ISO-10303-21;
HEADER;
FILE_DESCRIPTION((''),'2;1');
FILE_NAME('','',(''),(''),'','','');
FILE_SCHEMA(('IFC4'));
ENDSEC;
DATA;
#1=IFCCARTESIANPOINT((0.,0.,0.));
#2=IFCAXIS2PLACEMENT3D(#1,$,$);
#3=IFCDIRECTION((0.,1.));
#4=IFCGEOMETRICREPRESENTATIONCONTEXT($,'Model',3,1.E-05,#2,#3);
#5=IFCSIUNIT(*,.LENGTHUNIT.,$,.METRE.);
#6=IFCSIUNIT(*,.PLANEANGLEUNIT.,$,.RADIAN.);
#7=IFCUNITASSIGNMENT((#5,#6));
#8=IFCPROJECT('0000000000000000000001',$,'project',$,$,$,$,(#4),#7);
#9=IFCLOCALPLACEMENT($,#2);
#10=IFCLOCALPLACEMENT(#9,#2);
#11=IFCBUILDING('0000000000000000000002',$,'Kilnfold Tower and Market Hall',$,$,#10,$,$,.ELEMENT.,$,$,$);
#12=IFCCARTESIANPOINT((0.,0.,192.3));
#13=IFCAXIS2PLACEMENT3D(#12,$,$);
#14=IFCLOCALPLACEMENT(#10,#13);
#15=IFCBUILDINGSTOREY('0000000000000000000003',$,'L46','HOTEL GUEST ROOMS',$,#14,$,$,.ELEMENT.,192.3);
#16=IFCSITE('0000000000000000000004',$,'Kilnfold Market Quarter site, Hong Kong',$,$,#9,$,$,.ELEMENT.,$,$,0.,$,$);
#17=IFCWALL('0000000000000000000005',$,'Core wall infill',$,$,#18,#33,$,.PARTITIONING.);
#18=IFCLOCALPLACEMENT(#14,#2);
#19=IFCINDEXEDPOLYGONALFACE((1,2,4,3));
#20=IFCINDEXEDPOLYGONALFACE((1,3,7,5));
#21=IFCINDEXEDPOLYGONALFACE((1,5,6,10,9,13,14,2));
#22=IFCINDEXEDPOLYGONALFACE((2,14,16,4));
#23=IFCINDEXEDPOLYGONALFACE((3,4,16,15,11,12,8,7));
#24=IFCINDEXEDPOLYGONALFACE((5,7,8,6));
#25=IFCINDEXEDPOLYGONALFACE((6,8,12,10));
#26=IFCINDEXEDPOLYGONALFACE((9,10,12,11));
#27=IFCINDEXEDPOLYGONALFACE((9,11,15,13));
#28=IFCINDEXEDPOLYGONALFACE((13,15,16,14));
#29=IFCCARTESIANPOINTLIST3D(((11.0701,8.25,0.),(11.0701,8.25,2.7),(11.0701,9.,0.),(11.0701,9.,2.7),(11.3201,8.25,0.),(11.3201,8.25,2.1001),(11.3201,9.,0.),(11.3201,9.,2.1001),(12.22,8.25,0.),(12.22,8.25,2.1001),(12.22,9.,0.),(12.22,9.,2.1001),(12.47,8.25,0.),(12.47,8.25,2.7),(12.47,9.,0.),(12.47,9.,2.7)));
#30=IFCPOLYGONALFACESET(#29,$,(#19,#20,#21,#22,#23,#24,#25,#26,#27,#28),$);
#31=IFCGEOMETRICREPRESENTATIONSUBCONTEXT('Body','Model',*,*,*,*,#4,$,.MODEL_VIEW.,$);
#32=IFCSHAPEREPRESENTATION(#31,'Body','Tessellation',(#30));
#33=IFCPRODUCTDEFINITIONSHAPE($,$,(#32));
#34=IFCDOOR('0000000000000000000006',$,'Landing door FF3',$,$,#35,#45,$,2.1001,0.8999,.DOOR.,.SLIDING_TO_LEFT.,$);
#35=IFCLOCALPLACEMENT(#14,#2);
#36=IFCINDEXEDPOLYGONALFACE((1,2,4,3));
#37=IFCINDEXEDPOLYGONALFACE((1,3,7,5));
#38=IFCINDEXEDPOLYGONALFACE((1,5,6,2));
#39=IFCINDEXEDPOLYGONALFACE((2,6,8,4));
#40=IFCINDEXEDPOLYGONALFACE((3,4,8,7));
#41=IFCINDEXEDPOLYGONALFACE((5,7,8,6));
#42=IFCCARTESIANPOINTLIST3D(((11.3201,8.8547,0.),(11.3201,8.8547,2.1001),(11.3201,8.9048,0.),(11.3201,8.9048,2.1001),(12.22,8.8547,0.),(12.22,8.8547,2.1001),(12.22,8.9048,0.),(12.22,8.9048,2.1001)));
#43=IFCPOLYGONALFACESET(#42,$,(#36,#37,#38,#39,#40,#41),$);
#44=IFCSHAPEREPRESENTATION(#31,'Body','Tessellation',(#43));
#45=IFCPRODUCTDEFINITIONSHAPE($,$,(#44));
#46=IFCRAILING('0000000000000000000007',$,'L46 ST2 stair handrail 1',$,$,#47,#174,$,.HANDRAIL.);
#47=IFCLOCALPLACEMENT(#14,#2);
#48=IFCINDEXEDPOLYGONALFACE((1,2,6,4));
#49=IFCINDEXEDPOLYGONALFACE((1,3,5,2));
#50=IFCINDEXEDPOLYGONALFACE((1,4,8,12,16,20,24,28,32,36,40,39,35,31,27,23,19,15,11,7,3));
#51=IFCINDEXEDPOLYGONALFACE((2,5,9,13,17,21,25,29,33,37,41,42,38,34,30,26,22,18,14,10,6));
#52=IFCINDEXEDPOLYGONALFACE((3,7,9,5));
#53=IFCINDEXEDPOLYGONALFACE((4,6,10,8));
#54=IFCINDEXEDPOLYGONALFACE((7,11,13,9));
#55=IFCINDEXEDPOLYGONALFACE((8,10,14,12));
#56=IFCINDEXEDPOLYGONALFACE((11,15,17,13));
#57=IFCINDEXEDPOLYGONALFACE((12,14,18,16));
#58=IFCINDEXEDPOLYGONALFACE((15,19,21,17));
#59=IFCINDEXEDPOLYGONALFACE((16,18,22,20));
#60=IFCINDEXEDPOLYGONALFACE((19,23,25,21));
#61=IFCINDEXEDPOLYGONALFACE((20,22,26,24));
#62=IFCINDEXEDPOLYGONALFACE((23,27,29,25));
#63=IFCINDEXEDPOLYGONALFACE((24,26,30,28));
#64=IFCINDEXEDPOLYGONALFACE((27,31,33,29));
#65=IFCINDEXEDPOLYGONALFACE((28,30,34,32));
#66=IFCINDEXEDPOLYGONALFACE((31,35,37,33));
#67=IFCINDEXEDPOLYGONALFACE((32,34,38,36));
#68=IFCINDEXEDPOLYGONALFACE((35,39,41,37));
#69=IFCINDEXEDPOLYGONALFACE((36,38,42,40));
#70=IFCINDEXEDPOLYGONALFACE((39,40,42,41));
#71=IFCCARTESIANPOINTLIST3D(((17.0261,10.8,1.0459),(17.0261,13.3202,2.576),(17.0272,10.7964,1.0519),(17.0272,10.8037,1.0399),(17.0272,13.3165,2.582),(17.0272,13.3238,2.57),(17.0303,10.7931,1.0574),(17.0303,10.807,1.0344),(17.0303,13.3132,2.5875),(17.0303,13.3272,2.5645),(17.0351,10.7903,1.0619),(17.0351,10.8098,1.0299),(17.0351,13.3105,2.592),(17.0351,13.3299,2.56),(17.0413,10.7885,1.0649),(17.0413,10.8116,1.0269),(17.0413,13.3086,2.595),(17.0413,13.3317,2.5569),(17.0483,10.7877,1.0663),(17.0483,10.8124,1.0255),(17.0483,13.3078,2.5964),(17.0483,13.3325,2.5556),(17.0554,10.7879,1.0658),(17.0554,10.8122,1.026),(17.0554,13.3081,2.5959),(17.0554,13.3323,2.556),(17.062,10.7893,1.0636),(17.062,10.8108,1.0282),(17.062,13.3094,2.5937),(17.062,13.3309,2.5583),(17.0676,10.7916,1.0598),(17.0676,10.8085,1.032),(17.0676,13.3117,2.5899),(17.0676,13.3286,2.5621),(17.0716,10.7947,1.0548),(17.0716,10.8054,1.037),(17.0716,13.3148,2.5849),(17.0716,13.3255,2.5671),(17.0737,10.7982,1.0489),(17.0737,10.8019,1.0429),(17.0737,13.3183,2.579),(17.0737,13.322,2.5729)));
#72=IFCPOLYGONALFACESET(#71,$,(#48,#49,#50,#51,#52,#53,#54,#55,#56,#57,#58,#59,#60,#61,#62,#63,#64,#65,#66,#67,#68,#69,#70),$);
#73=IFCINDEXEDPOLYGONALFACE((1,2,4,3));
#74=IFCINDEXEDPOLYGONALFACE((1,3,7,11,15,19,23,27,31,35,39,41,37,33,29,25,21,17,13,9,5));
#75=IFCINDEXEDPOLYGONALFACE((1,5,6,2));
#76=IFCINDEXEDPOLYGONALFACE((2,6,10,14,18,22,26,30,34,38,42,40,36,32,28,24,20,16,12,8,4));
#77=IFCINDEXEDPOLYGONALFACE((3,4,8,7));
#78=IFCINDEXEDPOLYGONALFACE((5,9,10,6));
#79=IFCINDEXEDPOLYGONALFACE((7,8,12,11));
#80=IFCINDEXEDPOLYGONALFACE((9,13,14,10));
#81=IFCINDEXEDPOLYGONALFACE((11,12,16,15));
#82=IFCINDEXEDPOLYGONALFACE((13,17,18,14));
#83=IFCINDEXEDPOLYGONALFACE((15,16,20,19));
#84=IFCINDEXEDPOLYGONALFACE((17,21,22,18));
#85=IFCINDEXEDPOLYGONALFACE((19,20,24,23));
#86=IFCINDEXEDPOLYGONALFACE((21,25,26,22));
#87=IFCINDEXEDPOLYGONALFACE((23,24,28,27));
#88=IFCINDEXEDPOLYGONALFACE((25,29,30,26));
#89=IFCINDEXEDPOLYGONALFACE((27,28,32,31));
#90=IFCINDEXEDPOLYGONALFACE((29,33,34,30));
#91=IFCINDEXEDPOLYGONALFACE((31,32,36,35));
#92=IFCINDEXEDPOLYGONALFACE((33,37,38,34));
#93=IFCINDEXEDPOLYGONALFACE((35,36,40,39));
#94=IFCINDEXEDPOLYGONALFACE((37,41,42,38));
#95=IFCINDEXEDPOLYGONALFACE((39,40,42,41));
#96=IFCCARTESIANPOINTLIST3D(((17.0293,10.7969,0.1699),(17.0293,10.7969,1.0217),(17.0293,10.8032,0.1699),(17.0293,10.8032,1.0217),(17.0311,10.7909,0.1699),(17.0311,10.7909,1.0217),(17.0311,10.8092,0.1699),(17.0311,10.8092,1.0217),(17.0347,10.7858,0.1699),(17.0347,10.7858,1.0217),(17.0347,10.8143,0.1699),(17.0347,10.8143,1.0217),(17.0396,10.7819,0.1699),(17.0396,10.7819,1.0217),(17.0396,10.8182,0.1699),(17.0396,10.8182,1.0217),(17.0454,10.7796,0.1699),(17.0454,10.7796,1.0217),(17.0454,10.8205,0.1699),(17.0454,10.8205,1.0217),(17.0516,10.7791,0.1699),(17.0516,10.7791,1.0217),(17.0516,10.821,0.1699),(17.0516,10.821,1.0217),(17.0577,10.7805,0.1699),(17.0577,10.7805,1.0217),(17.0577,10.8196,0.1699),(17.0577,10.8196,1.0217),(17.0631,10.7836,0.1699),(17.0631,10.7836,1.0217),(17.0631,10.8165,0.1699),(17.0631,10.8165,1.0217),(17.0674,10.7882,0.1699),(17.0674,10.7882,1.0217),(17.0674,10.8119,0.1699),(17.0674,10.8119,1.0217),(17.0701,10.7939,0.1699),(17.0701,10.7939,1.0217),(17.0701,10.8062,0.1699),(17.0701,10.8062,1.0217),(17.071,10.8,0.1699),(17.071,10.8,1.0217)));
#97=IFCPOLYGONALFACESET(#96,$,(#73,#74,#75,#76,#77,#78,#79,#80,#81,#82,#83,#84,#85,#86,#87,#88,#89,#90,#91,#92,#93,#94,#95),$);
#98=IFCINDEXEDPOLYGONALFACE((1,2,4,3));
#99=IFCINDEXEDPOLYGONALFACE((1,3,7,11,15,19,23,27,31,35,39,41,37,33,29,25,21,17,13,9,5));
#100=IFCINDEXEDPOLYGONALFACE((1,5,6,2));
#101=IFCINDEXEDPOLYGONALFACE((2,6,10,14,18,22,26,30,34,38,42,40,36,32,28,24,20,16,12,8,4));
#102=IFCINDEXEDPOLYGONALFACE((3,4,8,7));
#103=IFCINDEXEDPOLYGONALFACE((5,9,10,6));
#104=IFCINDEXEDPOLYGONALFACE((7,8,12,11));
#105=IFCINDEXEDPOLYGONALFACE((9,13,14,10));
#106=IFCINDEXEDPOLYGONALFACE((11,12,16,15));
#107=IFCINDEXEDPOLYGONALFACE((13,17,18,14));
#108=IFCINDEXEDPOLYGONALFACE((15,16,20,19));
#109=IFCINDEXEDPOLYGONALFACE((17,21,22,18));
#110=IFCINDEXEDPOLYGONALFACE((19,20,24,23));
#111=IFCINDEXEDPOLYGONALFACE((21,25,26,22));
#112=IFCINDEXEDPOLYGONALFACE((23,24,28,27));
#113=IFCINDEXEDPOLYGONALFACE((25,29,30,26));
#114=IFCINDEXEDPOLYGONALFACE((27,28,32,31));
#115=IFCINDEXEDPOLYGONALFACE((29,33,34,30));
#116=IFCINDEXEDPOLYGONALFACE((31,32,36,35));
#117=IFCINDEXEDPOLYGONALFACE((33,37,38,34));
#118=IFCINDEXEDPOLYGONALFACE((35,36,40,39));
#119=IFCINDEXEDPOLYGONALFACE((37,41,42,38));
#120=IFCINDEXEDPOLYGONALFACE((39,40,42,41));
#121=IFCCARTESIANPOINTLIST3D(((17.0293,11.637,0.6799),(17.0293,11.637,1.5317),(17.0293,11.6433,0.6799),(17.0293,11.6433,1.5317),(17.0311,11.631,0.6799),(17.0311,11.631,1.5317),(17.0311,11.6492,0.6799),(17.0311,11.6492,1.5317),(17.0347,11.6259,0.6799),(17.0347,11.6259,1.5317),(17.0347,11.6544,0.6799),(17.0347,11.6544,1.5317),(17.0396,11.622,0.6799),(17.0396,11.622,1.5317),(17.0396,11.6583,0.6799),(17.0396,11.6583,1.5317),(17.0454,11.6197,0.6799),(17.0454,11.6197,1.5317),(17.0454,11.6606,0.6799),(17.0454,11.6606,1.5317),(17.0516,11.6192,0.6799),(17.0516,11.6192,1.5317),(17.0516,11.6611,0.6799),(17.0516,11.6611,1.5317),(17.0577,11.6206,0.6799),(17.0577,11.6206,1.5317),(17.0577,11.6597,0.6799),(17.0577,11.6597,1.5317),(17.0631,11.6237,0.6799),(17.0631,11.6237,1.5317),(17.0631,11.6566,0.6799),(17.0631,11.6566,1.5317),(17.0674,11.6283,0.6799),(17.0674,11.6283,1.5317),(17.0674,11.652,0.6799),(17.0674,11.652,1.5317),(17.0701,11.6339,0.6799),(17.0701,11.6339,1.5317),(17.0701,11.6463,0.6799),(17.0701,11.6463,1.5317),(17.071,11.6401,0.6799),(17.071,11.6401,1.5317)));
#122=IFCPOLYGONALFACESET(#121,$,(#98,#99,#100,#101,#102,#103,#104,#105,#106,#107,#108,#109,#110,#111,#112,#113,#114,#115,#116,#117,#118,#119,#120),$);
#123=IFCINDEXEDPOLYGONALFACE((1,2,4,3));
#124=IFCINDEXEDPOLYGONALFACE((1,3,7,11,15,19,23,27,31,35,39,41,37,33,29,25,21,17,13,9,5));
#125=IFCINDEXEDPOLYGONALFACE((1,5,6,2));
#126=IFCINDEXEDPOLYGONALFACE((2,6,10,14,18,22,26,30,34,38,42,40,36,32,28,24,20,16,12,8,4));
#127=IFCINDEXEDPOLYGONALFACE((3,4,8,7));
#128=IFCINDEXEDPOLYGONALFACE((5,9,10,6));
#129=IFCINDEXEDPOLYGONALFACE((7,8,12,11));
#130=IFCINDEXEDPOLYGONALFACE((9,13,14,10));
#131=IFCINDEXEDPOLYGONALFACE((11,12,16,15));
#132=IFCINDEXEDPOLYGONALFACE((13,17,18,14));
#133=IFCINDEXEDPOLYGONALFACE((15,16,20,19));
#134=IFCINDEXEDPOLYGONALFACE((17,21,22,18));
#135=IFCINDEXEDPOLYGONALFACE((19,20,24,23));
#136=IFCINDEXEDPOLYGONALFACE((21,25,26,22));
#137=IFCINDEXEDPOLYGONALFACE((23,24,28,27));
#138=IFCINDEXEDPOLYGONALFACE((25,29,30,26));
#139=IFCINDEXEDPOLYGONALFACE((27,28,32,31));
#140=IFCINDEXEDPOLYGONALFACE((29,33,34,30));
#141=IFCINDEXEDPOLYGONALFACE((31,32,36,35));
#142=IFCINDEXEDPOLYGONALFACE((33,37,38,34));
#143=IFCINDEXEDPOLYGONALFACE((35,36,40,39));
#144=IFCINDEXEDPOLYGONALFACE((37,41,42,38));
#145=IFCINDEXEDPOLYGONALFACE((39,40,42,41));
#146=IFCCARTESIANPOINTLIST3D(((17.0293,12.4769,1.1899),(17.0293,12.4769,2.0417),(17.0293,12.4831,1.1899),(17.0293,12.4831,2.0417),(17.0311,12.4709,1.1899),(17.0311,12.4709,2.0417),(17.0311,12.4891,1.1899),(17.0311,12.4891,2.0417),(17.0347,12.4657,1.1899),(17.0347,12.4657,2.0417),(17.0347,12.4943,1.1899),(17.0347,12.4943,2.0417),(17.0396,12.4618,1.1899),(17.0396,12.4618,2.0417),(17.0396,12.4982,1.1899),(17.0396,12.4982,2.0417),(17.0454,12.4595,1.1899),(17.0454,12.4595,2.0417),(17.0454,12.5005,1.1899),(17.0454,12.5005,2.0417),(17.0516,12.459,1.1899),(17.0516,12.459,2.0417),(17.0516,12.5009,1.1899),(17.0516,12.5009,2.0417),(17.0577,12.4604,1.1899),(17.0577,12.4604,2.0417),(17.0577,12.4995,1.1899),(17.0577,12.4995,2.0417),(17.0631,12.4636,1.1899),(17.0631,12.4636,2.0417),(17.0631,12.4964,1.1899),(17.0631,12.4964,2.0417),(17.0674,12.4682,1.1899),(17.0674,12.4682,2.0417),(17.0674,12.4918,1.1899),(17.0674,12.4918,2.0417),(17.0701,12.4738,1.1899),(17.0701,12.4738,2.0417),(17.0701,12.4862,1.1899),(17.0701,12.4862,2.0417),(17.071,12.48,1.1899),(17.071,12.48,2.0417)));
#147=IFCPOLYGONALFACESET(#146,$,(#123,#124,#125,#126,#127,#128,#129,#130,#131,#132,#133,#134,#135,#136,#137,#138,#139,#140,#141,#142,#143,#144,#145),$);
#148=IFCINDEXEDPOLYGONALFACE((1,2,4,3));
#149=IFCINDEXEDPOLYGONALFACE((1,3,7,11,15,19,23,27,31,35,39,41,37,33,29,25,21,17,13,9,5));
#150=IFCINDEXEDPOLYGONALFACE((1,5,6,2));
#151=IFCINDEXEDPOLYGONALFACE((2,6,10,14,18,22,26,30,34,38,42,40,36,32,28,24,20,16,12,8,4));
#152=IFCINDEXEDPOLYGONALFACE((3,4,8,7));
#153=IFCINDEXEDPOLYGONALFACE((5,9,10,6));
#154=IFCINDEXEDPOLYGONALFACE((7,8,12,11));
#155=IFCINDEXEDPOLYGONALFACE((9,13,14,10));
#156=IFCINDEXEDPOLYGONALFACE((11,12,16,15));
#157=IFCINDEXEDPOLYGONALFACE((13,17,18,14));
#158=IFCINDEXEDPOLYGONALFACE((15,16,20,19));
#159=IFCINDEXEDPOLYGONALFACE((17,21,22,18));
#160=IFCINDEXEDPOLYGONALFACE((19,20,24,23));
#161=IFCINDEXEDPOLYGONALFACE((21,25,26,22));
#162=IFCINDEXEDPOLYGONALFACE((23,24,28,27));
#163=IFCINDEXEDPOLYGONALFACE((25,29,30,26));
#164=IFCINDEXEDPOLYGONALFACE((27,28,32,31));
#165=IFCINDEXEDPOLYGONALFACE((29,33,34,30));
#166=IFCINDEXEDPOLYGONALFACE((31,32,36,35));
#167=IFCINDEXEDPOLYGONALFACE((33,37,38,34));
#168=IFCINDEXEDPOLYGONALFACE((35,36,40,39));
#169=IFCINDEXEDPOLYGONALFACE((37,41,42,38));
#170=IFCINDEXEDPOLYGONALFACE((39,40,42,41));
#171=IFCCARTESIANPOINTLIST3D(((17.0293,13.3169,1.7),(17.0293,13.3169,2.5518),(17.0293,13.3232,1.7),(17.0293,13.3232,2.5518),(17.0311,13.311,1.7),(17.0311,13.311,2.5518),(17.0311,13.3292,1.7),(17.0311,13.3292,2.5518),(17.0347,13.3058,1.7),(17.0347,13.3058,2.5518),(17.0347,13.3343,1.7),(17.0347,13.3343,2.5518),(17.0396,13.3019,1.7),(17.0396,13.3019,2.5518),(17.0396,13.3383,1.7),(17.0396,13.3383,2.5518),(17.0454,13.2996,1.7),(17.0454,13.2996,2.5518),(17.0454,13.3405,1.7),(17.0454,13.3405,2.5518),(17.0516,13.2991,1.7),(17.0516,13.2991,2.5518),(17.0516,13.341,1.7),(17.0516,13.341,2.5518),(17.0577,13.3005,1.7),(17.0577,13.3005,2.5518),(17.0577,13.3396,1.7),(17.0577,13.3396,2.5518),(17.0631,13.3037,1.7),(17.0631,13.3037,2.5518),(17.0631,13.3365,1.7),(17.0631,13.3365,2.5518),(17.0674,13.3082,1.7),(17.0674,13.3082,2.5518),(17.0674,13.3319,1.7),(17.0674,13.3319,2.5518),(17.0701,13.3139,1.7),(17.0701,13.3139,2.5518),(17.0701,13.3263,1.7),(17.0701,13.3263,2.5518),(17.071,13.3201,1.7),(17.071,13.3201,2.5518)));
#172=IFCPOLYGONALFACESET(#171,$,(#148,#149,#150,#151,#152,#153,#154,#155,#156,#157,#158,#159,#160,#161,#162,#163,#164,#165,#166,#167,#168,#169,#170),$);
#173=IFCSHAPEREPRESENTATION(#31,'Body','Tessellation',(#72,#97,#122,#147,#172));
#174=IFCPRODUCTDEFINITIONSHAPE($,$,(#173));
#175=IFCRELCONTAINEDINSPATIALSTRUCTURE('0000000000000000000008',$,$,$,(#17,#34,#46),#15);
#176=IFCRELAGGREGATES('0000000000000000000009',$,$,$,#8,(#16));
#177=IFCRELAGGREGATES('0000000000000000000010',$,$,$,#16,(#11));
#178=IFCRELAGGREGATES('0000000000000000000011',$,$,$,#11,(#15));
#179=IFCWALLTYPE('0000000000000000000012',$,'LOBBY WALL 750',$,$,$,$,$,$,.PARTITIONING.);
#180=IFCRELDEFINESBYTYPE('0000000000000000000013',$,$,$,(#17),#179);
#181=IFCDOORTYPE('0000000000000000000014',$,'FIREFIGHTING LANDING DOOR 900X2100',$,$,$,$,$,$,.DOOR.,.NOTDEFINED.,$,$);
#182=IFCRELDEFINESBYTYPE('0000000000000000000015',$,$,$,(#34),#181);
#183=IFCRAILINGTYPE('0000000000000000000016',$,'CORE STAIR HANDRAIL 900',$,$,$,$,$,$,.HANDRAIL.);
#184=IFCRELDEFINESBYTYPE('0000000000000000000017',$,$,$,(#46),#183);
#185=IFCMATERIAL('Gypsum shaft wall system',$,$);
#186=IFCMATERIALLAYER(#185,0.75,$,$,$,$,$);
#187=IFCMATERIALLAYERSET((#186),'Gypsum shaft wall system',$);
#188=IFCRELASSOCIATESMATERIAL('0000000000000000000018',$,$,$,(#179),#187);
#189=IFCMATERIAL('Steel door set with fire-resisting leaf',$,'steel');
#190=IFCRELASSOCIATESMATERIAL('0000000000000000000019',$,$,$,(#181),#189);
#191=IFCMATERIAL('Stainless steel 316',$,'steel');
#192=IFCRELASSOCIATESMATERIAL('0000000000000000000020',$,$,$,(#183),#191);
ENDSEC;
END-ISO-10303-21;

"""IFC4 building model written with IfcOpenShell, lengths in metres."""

from ifc_helpers import new_model, si_unit, direction, frame, frame_2d, origin, origin_2d, place, context, subcontext, project, spatial, rectangle, circle, extrude, source, transform, mapped, material, layer, layer_set, type_object, element, fill, save


model = new_model("IFC4")

# Units and contexts
model_context = context("Model", 3, precision=1e-05, world=origin(), true_north=direction((0.0, 1.0)))
body_context = subcontext(model_context, "Body", "Model", "MODEL_VIEW")
ifc_project = project(units=[si_unit("LENGTHUNIT", "METRE"), si_unit("PLANEANGLEUNIT", "RADIAN")], contexts=[model_context])

# Site, building, storey
site_placement = place(None, origin())
site = spatial("IfcSite", under=ifc_project, at=site_placement, Name="Kilnfold Market Quarter site, Hong Kong", CompositionType="ELEMENT", RefElevation=0.0)
building_placement = place(site_placement, origin())
building = spatial("IfcBuilding", under=site, at=building_placement, Name="Kilnfold Tower and Market Hall", CompositionType="ELEMENT")
storey_placement = place(building_placement, frame((0.0, 0.0, 192.3)))
storey = spatial("IfcBuildingStorey", under=building, at=storey_placement, Name="L46", Description="HOTEL GUEST ROOMS", CompositionType="ELEMENT", Elevation=192.3)

# Wall, opening, door
ifc_material_1 = material(Name="Gypsum shaft wall system")
ifc_layer_1 = layer(ifc_material_1, 0.75)
ifc_layer_set_1 = layer_set([ifc_layer_1], Name="Gypsum shaft wall system")
wall_type_1 = type_object("IfcWallType", Name="LOBBY WALL 750", PredefinedType="PARTITIONING", material=ifc_layer_set_1)
shared_shape_1 = source(origin(), body_context, "Body", "SweptSolid", [
    extrude(rectangle(XDim=1.3999, YDim=0.75, at=frame_2d((0.7, 0.0))), origin(), (0.0, 0.0, 1.0), 2.7),
])
wall_1_placement = place(storey_placement, frame((11.0701, 8.625, 0.0), z_axis=(0.0, 0.0, 1.0), x_axis=(1.0, 0.0, 0.0)))
wall_1 = element("IfcWall", 1, at=wall_1_placement, inside=storey, type_object=wall_type_1, Name="Core wall infill", PredefinedType="PARTITIONING", context=body_context, shape_type="MappedRepresentation", body=[
    mapped(shared_shape_1, transform((0.0, 0.0, 0.0))),
])
opening_1_placement = place(wall_1_placement, frame((0.25, 0.0, 0.0)))
opening_1 = element("IfcOpeningElement", 2, at=opening_1_placement, cuts=wall_1, PredefinedType="OPENING", context=body_context, shape_type="SweptSolid", body=[
    extrude(rectangle(XDim=0.8999, YDim=2.1001, at=frame_2d((0.45, 1.05))), frame((0.0, 0.385, 0.0), z_axis=(0.0, -1.0, 0.0), x_axis=(1.0, 0.0, 0.0)), (0.0, 0.0, 1.0), 0.77),
])
ifc_material_2 = material(Name="Steel door set with fire-resisting leaf", Category="steel")
door_type_1 = type_object("IfcDoorType", Name="FIREFIGHTING LANDING DOOR 900X2100", OperationType="NOTDEFINED", PredefinedType="DOOR", material=ifc_material_2)
door_1_placement = place(opening_1_placement, origin())
door_1 = element("IfcDoor", 3, at=door_1_placement, inside=storey, type_object=door_type_1, Name="Landing door FF3", OperationType="SLIDING_TO_LEFT", OverallHeight=2.1001, OverallWidth=0.8999, PredefinedType="DOOR", context=body_context, shape_type="SweptSolid", body=[
    extrude(rectangle(XDim=0.8999, YDim=2.1001, at=frame_2d((0.45, 1.05))), frame((0.0, 0.2798, 0.0), z_axis=(0.0, -1.0, 0.0), x_axis=(1.0, 0.0, 0.0)), (0.0, 0.0, 1.0), 0.05),
])
fill(opening_1, door_1)

# Railing
ifc_material_3 = material(Name="Stainless steel 316", Category="steel")
railing_type_1 = type_object("IfcRailingType", Name="CORE STAIR HANDRAIL 900", PredefinedType="HANDRAIL", material=ifc_material_3)
railing_1_placement = place(storey_placement, frame((17.05, 10.8, 0.1699)))
element("IfcRailing", 4, at=railing_1_placement, inside=storey, type_object=railing_type_1, Name="L46 ST2 stair handrail 1", PredefinedType="HANDRAIL", context=body_context, shape_type="SweptSolid", body=[
    extrude(circle(Radius=0.0239, at=origin_2d()), frame((0.0, 0.0, 0.876), z_axis=(0.0, 0.854785, 0.518982), x_axis=(-1.0, 0.0, 0.0)), (0.0, 0.0, 1.0), 2.9482),
    extrude(circle(Radius=0.021, at=origin_2d()), origin(), (0.0, 0.0, 1.0), 0.8518),
    extrude(circle(Radius=0.021, at=origin_2d()), frame((0.0, 0.8401, 0.51)), (0.0, 0.0, 1.0), 0.8518),
    extrude(circle(Radius=0.021, at=origin_2d()), frame((0.0, 1.6799, 1.02)), (0.0, 0.0, 1.0), 0.8518),
    extrude(circle(Radius=0.021, at=origin_2d()), frame((0.0, 2.52, 1.53)), (0.0, 0.0, 1.0), 0.8518),
])

save(model, "model.ifc")
